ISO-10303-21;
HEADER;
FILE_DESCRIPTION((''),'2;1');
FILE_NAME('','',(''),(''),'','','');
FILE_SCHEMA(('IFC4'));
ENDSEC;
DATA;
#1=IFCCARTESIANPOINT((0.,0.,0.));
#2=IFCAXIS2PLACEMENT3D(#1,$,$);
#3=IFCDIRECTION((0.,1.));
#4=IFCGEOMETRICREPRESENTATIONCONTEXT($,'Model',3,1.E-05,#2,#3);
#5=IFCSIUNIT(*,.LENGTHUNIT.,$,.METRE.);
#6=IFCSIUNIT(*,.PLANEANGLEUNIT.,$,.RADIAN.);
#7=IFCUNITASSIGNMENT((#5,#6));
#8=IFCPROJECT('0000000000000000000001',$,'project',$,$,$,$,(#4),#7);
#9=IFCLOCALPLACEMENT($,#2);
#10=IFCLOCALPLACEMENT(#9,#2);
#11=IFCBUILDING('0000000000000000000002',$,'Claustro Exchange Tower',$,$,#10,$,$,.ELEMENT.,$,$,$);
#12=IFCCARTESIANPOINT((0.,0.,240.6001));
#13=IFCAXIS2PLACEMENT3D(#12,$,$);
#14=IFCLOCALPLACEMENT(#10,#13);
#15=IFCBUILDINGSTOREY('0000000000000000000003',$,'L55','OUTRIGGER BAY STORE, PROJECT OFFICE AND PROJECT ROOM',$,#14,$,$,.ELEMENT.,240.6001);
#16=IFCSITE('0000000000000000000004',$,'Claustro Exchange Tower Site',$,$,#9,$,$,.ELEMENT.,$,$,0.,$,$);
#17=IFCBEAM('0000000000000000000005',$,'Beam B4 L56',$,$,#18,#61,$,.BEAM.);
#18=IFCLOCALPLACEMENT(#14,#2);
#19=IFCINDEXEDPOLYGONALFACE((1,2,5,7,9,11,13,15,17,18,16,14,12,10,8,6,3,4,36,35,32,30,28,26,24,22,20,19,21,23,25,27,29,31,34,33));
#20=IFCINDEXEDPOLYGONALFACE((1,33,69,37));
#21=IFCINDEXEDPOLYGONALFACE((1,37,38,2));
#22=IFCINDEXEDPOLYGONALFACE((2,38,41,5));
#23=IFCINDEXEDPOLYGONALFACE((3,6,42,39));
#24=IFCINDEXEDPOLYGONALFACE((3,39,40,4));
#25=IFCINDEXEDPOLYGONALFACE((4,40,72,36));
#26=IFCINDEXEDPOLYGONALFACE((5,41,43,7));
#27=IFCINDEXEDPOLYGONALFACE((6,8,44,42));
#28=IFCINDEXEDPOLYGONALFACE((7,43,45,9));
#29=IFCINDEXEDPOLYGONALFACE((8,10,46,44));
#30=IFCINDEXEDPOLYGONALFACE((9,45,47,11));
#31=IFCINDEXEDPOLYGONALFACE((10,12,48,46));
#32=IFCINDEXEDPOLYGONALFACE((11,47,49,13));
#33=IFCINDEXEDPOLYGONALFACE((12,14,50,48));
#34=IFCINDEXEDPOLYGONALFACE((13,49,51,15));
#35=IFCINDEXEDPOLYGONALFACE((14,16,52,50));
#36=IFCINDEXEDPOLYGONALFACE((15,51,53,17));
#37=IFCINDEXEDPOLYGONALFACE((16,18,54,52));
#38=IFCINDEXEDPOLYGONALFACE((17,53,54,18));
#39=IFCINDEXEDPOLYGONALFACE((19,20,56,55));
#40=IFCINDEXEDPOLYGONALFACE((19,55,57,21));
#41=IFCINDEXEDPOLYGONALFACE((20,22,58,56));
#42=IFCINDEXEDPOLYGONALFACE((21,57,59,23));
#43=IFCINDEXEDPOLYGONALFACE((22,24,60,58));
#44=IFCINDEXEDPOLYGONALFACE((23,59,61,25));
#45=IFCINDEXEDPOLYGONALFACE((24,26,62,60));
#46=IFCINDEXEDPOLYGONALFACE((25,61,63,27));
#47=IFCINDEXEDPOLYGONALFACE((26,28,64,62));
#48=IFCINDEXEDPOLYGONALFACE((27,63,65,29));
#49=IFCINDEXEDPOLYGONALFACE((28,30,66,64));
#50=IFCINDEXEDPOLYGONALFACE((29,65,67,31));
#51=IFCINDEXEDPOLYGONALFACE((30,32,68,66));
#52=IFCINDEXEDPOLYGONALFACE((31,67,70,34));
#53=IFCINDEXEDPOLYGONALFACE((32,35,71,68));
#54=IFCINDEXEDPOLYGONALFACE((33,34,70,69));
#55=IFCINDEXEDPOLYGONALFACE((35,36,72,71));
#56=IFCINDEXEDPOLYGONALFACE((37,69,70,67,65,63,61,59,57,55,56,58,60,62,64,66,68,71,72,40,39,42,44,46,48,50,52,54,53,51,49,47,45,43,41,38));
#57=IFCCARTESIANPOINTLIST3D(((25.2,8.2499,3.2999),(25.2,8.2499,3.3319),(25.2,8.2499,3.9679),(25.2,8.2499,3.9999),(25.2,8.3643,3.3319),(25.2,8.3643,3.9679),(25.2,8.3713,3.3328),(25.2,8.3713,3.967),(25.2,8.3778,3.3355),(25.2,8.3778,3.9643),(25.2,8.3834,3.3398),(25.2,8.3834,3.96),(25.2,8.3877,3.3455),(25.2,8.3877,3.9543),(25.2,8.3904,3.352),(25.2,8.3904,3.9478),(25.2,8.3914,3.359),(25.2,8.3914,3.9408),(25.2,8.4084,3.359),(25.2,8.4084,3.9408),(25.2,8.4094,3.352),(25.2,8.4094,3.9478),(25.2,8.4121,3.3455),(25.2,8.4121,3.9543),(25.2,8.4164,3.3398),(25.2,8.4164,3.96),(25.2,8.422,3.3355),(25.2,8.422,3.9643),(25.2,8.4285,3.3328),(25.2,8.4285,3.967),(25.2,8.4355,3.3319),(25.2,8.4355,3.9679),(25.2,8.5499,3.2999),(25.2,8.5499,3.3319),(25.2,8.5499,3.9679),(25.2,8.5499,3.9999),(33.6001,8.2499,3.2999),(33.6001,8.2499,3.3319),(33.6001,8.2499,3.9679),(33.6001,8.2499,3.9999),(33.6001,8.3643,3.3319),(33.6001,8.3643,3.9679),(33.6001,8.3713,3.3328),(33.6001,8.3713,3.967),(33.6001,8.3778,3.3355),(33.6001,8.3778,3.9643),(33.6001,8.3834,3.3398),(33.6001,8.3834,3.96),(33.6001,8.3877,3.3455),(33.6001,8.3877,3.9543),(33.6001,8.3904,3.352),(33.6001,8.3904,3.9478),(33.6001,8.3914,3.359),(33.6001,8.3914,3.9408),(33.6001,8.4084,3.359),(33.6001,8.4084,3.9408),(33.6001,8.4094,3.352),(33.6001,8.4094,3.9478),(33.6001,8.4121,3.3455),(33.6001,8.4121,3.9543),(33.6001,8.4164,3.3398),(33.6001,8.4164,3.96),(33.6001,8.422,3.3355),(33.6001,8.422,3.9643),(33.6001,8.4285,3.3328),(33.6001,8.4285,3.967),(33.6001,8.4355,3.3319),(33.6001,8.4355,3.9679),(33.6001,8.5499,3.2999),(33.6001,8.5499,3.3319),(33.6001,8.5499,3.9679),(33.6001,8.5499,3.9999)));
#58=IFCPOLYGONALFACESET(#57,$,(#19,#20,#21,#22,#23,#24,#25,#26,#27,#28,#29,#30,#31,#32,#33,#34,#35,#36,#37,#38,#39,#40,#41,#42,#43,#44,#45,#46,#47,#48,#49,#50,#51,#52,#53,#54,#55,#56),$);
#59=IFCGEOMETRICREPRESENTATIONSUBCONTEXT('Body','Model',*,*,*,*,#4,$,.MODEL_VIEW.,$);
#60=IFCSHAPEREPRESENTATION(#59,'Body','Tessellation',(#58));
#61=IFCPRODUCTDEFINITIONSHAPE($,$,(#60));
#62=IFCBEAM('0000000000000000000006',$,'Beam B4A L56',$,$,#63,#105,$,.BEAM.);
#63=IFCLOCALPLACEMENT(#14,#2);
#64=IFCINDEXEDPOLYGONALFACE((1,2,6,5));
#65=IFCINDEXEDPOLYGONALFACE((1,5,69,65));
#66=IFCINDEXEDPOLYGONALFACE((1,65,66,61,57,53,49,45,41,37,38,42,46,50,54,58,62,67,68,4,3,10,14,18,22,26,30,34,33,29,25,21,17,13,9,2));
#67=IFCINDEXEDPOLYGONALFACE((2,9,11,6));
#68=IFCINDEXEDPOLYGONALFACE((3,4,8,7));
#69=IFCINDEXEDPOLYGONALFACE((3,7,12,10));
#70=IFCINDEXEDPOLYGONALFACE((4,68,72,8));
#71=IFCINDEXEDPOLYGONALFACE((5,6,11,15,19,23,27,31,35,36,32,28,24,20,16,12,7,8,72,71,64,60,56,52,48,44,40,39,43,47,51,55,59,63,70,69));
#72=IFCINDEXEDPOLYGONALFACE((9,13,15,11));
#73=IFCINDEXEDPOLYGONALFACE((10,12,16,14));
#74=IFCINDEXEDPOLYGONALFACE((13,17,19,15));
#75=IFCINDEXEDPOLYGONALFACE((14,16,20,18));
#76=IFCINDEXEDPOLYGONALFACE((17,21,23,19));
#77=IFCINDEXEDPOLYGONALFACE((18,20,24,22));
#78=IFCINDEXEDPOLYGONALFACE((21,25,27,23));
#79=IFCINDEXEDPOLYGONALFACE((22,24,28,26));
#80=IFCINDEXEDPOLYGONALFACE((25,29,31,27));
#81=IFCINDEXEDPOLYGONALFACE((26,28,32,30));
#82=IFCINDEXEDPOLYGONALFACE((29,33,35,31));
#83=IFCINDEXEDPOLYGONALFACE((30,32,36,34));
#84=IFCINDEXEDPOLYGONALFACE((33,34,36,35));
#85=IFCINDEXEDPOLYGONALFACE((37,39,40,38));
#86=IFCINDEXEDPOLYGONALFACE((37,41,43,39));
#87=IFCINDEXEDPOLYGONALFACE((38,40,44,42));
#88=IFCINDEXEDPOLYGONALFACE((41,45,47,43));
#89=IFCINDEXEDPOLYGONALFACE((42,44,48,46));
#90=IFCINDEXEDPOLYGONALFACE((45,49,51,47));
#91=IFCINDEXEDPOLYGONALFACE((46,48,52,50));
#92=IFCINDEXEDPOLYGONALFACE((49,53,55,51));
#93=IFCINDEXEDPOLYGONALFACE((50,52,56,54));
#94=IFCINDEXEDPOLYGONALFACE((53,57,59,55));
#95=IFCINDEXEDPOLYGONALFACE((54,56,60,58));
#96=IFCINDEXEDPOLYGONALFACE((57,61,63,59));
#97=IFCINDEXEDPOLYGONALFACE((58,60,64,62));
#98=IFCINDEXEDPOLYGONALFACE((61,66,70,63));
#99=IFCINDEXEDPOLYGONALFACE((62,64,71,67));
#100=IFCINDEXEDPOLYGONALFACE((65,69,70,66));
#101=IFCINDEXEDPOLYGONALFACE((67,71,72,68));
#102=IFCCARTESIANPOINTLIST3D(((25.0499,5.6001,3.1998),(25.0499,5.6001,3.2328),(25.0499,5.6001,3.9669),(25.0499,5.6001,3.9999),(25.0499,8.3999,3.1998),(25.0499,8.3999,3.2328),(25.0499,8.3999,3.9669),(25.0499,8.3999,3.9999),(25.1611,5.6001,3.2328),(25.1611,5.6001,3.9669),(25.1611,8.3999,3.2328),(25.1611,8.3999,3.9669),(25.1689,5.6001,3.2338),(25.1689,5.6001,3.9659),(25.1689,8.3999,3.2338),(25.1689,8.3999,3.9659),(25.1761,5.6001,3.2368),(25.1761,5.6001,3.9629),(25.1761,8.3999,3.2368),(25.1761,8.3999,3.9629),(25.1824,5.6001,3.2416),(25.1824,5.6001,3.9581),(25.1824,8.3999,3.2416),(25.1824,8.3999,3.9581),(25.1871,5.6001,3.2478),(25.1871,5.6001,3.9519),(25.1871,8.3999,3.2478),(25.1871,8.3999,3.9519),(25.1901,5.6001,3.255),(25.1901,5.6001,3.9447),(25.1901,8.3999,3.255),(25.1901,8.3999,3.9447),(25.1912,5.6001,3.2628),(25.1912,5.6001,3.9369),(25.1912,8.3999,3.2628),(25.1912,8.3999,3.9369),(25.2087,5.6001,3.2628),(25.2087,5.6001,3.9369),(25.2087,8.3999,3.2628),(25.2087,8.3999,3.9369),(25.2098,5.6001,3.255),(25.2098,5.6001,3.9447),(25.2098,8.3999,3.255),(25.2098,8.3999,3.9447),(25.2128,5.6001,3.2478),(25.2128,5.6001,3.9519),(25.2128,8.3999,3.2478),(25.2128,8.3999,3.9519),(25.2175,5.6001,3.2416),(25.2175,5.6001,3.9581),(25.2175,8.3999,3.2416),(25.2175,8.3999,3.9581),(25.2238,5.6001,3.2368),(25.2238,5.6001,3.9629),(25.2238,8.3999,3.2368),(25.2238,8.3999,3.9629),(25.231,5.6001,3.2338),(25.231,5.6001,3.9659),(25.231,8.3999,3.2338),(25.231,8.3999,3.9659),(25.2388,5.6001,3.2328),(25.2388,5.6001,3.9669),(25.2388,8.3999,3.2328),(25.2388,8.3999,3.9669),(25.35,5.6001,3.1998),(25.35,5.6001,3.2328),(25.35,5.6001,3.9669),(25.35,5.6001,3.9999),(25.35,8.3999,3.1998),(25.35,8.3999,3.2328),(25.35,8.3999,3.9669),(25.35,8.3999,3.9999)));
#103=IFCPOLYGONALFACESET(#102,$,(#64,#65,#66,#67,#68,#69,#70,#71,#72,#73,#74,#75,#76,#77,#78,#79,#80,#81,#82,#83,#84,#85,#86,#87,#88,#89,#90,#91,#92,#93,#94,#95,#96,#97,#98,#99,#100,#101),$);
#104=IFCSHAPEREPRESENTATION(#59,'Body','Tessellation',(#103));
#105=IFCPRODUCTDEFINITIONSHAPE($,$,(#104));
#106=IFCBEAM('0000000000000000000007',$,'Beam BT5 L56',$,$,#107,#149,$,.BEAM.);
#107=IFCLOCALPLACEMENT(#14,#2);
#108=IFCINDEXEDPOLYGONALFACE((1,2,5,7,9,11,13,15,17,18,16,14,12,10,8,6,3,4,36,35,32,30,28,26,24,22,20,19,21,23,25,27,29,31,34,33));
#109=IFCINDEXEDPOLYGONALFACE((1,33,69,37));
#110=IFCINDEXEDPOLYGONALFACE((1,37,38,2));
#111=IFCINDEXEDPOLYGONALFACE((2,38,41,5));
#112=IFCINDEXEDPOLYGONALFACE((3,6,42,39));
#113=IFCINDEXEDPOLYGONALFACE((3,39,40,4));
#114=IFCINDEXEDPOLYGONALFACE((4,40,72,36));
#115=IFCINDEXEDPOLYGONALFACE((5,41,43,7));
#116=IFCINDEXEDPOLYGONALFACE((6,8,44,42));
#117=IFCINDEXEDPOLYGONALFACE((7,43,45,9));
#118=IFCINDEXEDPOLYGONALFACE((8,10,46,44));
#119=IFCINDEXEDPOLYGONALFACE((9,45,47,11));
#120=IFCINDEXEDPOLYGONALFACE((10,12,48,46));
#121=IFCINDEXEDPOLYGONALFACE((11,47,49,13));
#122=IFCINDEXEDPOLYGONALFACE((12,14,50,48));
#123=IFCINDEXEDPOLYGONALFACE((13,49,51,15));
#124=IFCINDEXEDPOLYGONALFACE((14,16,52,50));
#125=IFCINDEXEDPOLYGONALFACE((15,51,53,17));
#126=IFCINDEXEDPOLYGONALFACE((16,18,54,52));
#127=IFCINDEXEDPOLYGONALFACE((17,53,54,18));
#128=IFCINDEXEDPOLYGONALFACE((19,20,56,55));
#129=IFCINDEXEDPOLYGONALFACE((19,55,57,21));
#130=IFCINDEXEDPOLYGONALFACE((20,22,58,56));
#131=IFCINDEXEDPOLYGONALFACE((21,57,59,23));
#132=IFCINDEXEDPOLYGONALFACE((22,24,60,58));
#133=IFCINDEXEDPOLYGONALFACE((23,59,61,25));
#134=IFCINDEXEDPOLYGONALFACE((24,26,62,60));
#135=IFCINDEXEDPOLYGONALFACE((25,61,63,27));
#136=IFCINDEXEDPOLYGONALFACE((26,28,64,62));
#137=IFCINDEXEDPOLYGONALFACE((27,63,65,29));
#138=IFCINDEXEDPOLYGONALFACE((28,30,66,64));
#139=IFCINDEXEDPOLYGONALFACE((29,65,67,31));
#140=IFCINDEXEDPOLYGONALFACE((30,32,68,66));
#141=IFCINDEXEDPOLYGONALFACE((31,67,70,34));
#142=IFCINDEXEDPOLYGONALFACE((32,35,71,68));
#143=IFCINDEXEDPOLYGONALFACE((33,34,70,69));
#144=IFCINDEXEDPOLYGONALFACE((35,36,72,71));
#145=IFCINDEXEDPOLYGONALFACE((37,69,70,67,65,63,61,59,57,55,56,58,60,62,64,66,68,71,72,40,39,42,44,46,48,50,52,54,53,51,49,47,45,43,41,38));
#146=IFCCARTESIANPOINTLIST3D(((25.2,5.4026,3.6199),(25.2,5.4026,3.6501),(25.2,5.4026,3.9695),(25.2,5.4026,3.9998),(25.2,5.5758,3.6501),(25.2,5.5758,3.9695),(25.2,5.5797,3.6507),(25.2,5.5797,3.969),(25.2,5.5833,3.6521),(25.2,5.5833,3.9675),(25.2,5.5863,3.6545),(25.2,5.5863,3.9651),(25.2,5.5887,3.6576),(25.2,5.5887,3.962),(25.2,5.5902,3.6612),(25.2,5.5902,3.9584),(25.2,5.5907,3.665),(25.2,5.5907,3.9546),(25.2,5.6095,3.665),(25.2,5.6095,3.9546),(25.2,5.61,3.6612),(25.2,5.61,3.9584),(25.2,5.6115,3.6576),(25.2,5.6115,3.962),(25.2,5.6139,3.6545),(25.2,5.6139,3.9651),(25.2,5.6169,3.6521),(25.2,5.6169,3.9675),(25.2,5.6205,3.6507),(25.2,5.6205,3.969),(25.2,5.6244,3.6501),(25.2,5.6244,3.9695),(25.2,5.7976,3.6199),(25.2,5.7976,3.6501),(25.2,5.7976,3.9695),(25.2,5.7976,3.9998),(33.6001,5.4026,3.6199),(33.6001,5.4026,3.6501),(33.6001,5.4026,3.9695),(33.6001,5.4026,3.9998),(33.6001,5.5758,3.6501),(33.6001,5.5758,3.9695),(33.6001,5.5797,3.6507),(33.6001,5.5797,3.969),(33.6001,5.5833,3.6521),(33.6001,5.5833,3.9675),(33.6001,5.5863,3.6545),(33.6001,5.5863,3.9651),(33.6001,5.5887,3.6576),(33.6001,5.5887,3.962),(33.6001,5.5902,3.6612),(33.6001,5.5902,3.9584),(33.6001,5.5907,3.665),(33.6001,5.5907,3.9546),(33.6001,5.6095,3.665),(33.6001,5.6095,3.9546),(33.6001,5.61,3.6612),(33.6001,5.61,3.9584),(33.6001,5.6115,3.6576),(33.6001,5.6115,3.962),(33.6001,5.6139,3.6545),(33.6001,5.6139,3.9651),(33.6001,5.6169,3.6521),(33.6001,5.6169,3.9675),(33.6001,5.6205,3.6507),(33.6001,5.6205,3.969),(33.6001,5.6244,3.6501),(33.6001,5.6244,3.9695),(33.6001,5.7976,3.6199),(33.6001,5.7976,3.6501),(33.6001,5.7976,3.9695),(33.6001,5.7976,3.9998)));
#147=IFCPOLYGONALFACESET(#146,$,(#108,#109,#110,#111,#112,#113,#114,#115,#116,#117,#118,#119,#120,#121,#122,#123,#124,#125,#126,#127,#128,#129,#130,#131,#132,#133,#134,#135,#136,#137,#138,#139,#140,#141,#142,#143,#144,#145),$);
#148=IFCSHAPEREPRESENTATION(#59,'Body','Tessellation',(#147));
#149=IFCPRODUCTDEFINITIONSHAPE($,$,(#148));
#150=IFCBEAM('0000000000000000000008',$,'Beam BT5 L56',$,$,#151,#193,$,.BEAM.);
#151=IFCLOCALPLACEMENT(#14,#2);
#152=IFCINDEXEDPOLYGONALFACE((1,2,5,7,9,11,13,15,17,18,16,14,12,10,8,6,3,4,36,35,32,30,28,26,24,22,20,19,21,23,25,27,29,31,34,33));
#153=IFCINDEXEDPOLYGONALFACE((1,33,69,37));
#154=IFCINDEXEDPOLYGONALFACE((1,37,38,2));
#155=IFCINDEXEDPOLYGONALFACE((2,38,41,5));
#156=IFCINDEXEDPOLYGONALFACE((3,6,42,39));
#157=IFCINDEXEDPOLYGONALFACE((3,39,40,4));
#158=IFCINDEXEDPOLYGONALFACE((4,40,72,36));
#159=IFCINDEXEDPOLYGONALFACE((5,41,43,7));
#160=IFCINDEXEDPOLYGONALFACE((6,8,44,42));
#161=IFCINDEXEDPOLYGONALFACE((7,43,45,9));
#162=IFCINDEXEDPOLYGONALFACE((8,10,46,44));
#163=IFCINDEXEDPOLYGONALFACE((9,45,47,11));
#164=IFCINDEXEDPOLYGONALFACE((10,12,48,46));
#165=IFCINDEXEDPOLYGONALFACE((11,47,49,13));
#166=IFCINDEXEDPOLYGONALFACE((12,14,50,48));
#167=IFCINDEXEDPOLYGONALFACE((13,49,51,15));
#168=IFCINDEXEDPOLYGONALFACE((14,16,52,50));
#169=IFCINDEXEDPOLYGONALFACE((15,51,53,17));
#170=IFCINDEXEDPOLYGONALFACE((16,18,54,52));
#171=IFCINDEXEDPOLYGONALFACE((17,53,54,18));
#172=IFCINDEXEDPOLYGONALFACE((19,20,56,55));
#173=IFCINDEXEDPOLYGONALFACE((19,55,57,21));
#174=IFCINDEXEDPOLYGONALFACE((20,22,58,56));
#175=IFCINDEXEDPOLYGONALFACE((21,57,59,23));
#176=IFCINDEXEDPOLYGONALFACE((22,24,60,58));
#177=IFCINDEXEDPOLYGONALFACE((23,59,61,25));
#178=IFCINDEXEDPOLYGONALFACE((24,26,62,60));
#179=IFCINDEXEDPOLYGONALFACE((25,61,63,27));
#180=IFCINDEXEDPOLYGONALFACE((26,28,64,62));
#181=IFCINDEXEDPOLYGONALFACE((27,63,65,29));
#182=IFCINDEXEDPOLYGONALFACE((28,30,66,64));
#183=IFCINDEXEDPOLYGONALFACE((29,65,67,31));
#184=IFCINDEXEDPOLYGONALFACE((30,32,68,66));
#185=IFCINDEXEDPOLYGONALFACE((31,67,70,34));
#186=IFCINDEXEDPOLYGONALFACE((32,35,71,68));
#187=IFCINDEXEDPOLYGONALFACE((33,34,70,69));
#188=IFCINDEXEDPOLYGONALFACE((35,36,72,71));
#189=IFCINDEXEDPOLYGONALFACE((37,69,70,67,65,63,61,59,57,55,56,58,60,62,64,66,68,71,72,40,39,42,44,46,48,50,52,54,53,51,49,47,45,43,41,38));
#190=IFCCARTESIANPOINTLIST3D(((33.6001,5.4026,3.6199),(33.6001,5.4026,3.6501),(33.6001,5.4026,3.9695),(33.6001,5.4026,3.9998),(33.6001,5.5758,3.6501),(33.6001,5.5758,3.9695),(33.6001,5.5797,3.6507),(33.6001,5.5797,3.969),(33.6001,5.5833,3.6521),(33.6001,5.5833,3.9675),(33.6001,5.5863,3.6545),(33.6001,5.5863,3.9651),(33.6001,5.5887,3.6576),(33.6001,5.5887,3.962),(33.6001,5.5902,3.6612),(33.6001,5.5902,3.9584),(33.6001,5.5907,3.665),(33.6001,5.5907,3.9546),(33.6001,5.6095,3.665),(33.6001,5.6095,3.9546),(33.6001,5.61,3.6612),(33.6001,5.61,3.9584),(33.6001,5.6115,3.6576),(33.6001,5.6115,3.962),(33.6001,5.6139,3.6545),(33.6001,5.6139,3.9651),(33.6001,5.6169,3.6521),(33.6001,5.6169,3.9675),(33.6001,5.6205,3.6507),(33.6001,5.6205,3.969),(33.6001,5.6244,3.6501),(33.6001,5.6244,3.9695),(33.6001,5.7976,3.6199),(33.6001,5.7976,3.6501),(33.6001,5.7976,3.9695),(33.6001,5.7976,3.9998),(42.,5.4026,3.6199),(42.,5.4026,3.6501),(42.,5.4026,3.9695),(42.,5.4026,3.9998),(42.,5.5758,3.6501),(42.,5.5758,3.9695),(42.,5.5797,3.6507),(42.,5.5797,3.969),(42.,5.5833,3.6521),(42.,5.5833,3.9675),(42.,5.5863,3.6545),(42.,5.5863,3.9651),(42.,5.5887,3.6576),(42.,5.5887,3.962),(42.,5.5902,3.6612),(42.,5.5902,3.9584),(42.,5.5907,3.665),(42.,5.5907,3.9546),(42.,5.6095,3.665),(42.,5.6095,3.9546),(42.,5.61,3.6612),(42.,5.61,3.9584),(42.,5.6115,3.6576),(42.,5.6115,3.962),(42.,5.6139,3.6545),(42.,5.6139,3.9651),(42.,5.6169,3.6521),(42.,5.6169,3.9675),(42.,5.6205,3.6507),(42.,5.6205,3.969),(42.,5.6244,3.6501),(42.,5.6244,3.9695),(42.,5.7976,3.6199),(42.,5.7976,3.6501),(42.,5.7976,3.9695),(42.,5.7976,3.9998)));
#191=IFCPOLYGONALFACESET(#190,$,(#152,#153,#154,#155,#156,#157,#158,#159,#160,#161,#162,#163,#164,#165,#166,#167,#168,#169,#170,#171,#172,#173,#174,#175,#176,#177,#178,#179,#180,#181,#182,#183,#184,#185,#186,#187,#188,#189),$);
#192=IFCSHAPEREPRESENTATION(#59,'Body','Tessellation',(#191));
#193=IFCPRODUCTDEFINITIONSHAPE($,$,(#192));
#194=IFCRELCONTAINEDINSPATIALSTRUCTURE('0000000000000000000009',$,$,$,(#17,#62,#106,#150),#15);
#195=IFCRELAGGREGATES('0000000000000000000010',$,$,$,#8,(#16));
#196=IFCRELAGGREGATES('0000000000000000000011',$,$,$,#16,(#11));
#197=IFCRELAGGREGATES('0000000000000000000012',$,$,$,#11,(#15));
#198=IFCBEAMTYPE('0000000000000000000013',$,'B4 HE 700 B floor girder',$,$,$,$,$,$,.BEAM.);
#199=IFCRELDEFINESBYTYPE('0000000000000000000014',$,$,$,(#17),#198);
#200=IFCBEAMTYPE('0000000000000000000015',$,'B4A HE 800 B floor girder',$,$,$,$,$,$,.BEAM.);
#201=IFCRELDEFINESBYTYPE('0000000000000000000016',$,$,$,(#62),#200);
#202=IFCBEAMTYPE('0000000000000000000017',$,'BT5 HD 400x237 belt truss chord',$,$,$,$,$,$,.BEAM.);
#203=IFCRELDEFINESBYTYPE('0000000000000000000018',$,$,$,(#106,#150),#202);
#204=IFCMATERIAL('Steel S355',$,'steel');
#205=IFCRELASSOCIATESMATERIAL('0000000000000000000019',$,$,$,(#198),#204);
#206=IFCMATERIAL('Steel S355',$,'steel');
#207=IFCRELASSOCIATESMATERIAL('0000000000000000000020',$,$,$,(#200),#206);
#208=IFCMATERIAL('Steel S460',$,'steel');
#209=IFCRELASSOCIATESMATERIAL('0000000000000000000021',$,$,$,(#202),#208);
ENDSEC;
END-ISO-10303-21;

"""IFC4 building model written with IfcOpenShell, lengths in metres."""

from ifc_helpers import new_model, si_unit, direction, frame, origin, origin_2d, place, context, subcontext, project, spatial, i_section, extrude, material, material_profile, profile_set, type_object, element, save


model = new_model("IFC4")

# Units and contexts
model_context = context("Model", 3, precision=1e-05, world=origin(), true_north=direction((0.0, 1.0)))
body_context = subcontext(model_context, "Body", "Model", "MODEL_VIEW")
ifc_project = project(units=[si_unit("LENGTHUNIT", "METRE"), si_unit("PLANEANGLEUNIT", "RADIAN")], contexts=[model_context])

# Site, building, storey
site_placement = place(None, origin())
site = spatial("IfcSite", under=ifc_project, at=site_placement, Name="Claustro Exchange Tower Site", CompositionType="ELEMENT", RefElevation=0.0)
building_placement = place(site_placement, origin())
building = spatial("IfcBuilding", under=site, at=building_placement, Name="Claustro Exchange Tower", CompositionType="ELEMENT")
storey_placement = place(building_placement, frame((0.0, 0.0, 240.6001)))
storey = spatial("IfcBuildingStorey", under=building, at=storey_placement, Name="L55", Description="OUTRIGGER BAY STORE, PROJECT OFFICE AND PROJECT ROOM", CompositionType="ELEMENT", Elevation=240.6001)

# Beams
ifc_material_1 = material(Name="Steel S355", Category="steel")
ifc_material_profile_1 = material_profile(ifc_material_1, i_section(OverallWidth=0.3, OverallDepth=0.7, WebThickness=0.0171, FlangeThickness=0.032, FilletRadius=0.0271, at=origin_2d()), Name="HE 700 B")
ifc_profile_set_1 = profile_set([ifc_material_profile_1], Name="Steel S355")
beam_type_1 = type_object("IfcBeamType", Name="B4 HE 700 B floor girder", PredefinedType="BEAM", material=ifc_profile_set_1)
for number, where, z_axis, x_axis, name in (
    (1, (25.2, 8.3999, 3.6499), (1.0, 0.0, 0.0), (0.0, 1.0, 0.0), "Beam B4 L56"),
):
    element("IfcBeam", number, at=place(storey_placement, frame(where, z_axis=z_axis, x_axis=x_axis)), inside=storey, type_object=beam_type_1, Name=name, PredefinedType="BEAM", context=body_context, shape_type="SweptSolid", body=[
        extrude(i_section(OverallWidth=0.3, OverallDepth=0.7, WebThickness=0.0171, FlangeThickness=0.032, FilletRadius=0.0271, at=origin_2d()), origin(), (0.0, 0.0, 1.0), 8.4001),
    ])
ifc_material_2 = material(Name="Steel S355", Category="steel")
ifc_material_profile_2 = material_profile(ifc_material_2, i_section(OverallWidth=0.3, OverallDepth=0.8, WebThickness=0.0176, FlangeThickness=0.033, FilletRadius=0.03, at=origin_2d()), Name="HE 800 B")
ifc_profile_set_2 = profile_set([ifc_material_profile_2], Name="Steel S355")
beam_type_2 = type_object("IfcBeamType", Name="B4A HE 800 B floor girder", PredefinedType="BEAM", material=ifc_profile_set_2)
beam_1_placement = place(storey_placement, frame((25.2, 5.6001, 3.5999), z_axis=(0.0, 1.0, 0.0), x_axis=(-1.0, 0.0, 0.0)))
element("IfcBeam", 2, at=beam_1_placement, inside=storey, type_object=beam_type_2, Name="Beam B4A L56", PredefinedType="BEAM", context=body_context, shape_type="SweptSolid", body=[
    extrude(i_section(OverallWidth=0.3, OverallDepth=0.8, WebThickness=0.0176, FlangeThickness=0.033, FilletRadius=0.03, at=origin_2d()), origin(), (0.0, 0.0, 1.0), 2.7998),
])
ifc_material_3 = material(Name="Steel S460", Category="steel")
ifc_material_profile_3 = material_profile(ifc_material_3, i_section(OverallWidth=0.395, OverallDepth=0.3799, WebThickness=0.0188, FlangeThickness=0.0303, FilletRadius=0.0149, at=origin_2d()), Name="HD 400x237")
ifc_profile_set_3 = profile_set([ifc_material_profile_3], Name="Steel S460")
beam_type_3 = type_object("IfcBeamType", Name="BT5 HD 400x237 belt truss chord", PredefinedType="BEAM", material=ifc_profile_set_3)
beam_2_placement = place(storey_placement, frame((25.2, 5.6001, 3.8098), z_axis=(1.0, 0.0, 0.0), x_axis=(0.0, 1.0, 0.0)))
element("IfcBeam", 3, at=beam_2_placement, inside=storey, type_object=beam_type_3, Name="Beam BT5 L56", PredefinedType="BEAM", context=body_context, shape_type="SweptSolid", body=[
    extrude(i_section(OverallWidth=0.395, OverallDepth=0.3799, WebThickness=0.0188, FlangeThickness=0.0303, FilletRadius=0.0149, at=origin_2d()), origin(), (0.0, 0.0, 1.0), 8.4001),
])
beam_3_placement = place(storey_placement, frame((33.6001, 5.6001, 3.8098), z_axis=(1.0, 0.0, 0.0), x_axis=(0.0, 1.0, 0.0)))
element("IfcBeam", 4, at=beam_3_placement, inside=storey, type_object=beam_type_3, Name="Beam BT5 L56", PredefinedType="BEAM", context=body_context, shape_type="SweptSolid", body=[
    extrude(i_section(OverallWidth=0.395, OverallDepth=0.3799, WebThickness=0.0188, FlangeThickness=0.0303, FilletRadius=0.0149, at=origin_2d()), origin(), (0.0, 0.0, 1.0), 8.3999),
])

save(model, "model.ifc")
